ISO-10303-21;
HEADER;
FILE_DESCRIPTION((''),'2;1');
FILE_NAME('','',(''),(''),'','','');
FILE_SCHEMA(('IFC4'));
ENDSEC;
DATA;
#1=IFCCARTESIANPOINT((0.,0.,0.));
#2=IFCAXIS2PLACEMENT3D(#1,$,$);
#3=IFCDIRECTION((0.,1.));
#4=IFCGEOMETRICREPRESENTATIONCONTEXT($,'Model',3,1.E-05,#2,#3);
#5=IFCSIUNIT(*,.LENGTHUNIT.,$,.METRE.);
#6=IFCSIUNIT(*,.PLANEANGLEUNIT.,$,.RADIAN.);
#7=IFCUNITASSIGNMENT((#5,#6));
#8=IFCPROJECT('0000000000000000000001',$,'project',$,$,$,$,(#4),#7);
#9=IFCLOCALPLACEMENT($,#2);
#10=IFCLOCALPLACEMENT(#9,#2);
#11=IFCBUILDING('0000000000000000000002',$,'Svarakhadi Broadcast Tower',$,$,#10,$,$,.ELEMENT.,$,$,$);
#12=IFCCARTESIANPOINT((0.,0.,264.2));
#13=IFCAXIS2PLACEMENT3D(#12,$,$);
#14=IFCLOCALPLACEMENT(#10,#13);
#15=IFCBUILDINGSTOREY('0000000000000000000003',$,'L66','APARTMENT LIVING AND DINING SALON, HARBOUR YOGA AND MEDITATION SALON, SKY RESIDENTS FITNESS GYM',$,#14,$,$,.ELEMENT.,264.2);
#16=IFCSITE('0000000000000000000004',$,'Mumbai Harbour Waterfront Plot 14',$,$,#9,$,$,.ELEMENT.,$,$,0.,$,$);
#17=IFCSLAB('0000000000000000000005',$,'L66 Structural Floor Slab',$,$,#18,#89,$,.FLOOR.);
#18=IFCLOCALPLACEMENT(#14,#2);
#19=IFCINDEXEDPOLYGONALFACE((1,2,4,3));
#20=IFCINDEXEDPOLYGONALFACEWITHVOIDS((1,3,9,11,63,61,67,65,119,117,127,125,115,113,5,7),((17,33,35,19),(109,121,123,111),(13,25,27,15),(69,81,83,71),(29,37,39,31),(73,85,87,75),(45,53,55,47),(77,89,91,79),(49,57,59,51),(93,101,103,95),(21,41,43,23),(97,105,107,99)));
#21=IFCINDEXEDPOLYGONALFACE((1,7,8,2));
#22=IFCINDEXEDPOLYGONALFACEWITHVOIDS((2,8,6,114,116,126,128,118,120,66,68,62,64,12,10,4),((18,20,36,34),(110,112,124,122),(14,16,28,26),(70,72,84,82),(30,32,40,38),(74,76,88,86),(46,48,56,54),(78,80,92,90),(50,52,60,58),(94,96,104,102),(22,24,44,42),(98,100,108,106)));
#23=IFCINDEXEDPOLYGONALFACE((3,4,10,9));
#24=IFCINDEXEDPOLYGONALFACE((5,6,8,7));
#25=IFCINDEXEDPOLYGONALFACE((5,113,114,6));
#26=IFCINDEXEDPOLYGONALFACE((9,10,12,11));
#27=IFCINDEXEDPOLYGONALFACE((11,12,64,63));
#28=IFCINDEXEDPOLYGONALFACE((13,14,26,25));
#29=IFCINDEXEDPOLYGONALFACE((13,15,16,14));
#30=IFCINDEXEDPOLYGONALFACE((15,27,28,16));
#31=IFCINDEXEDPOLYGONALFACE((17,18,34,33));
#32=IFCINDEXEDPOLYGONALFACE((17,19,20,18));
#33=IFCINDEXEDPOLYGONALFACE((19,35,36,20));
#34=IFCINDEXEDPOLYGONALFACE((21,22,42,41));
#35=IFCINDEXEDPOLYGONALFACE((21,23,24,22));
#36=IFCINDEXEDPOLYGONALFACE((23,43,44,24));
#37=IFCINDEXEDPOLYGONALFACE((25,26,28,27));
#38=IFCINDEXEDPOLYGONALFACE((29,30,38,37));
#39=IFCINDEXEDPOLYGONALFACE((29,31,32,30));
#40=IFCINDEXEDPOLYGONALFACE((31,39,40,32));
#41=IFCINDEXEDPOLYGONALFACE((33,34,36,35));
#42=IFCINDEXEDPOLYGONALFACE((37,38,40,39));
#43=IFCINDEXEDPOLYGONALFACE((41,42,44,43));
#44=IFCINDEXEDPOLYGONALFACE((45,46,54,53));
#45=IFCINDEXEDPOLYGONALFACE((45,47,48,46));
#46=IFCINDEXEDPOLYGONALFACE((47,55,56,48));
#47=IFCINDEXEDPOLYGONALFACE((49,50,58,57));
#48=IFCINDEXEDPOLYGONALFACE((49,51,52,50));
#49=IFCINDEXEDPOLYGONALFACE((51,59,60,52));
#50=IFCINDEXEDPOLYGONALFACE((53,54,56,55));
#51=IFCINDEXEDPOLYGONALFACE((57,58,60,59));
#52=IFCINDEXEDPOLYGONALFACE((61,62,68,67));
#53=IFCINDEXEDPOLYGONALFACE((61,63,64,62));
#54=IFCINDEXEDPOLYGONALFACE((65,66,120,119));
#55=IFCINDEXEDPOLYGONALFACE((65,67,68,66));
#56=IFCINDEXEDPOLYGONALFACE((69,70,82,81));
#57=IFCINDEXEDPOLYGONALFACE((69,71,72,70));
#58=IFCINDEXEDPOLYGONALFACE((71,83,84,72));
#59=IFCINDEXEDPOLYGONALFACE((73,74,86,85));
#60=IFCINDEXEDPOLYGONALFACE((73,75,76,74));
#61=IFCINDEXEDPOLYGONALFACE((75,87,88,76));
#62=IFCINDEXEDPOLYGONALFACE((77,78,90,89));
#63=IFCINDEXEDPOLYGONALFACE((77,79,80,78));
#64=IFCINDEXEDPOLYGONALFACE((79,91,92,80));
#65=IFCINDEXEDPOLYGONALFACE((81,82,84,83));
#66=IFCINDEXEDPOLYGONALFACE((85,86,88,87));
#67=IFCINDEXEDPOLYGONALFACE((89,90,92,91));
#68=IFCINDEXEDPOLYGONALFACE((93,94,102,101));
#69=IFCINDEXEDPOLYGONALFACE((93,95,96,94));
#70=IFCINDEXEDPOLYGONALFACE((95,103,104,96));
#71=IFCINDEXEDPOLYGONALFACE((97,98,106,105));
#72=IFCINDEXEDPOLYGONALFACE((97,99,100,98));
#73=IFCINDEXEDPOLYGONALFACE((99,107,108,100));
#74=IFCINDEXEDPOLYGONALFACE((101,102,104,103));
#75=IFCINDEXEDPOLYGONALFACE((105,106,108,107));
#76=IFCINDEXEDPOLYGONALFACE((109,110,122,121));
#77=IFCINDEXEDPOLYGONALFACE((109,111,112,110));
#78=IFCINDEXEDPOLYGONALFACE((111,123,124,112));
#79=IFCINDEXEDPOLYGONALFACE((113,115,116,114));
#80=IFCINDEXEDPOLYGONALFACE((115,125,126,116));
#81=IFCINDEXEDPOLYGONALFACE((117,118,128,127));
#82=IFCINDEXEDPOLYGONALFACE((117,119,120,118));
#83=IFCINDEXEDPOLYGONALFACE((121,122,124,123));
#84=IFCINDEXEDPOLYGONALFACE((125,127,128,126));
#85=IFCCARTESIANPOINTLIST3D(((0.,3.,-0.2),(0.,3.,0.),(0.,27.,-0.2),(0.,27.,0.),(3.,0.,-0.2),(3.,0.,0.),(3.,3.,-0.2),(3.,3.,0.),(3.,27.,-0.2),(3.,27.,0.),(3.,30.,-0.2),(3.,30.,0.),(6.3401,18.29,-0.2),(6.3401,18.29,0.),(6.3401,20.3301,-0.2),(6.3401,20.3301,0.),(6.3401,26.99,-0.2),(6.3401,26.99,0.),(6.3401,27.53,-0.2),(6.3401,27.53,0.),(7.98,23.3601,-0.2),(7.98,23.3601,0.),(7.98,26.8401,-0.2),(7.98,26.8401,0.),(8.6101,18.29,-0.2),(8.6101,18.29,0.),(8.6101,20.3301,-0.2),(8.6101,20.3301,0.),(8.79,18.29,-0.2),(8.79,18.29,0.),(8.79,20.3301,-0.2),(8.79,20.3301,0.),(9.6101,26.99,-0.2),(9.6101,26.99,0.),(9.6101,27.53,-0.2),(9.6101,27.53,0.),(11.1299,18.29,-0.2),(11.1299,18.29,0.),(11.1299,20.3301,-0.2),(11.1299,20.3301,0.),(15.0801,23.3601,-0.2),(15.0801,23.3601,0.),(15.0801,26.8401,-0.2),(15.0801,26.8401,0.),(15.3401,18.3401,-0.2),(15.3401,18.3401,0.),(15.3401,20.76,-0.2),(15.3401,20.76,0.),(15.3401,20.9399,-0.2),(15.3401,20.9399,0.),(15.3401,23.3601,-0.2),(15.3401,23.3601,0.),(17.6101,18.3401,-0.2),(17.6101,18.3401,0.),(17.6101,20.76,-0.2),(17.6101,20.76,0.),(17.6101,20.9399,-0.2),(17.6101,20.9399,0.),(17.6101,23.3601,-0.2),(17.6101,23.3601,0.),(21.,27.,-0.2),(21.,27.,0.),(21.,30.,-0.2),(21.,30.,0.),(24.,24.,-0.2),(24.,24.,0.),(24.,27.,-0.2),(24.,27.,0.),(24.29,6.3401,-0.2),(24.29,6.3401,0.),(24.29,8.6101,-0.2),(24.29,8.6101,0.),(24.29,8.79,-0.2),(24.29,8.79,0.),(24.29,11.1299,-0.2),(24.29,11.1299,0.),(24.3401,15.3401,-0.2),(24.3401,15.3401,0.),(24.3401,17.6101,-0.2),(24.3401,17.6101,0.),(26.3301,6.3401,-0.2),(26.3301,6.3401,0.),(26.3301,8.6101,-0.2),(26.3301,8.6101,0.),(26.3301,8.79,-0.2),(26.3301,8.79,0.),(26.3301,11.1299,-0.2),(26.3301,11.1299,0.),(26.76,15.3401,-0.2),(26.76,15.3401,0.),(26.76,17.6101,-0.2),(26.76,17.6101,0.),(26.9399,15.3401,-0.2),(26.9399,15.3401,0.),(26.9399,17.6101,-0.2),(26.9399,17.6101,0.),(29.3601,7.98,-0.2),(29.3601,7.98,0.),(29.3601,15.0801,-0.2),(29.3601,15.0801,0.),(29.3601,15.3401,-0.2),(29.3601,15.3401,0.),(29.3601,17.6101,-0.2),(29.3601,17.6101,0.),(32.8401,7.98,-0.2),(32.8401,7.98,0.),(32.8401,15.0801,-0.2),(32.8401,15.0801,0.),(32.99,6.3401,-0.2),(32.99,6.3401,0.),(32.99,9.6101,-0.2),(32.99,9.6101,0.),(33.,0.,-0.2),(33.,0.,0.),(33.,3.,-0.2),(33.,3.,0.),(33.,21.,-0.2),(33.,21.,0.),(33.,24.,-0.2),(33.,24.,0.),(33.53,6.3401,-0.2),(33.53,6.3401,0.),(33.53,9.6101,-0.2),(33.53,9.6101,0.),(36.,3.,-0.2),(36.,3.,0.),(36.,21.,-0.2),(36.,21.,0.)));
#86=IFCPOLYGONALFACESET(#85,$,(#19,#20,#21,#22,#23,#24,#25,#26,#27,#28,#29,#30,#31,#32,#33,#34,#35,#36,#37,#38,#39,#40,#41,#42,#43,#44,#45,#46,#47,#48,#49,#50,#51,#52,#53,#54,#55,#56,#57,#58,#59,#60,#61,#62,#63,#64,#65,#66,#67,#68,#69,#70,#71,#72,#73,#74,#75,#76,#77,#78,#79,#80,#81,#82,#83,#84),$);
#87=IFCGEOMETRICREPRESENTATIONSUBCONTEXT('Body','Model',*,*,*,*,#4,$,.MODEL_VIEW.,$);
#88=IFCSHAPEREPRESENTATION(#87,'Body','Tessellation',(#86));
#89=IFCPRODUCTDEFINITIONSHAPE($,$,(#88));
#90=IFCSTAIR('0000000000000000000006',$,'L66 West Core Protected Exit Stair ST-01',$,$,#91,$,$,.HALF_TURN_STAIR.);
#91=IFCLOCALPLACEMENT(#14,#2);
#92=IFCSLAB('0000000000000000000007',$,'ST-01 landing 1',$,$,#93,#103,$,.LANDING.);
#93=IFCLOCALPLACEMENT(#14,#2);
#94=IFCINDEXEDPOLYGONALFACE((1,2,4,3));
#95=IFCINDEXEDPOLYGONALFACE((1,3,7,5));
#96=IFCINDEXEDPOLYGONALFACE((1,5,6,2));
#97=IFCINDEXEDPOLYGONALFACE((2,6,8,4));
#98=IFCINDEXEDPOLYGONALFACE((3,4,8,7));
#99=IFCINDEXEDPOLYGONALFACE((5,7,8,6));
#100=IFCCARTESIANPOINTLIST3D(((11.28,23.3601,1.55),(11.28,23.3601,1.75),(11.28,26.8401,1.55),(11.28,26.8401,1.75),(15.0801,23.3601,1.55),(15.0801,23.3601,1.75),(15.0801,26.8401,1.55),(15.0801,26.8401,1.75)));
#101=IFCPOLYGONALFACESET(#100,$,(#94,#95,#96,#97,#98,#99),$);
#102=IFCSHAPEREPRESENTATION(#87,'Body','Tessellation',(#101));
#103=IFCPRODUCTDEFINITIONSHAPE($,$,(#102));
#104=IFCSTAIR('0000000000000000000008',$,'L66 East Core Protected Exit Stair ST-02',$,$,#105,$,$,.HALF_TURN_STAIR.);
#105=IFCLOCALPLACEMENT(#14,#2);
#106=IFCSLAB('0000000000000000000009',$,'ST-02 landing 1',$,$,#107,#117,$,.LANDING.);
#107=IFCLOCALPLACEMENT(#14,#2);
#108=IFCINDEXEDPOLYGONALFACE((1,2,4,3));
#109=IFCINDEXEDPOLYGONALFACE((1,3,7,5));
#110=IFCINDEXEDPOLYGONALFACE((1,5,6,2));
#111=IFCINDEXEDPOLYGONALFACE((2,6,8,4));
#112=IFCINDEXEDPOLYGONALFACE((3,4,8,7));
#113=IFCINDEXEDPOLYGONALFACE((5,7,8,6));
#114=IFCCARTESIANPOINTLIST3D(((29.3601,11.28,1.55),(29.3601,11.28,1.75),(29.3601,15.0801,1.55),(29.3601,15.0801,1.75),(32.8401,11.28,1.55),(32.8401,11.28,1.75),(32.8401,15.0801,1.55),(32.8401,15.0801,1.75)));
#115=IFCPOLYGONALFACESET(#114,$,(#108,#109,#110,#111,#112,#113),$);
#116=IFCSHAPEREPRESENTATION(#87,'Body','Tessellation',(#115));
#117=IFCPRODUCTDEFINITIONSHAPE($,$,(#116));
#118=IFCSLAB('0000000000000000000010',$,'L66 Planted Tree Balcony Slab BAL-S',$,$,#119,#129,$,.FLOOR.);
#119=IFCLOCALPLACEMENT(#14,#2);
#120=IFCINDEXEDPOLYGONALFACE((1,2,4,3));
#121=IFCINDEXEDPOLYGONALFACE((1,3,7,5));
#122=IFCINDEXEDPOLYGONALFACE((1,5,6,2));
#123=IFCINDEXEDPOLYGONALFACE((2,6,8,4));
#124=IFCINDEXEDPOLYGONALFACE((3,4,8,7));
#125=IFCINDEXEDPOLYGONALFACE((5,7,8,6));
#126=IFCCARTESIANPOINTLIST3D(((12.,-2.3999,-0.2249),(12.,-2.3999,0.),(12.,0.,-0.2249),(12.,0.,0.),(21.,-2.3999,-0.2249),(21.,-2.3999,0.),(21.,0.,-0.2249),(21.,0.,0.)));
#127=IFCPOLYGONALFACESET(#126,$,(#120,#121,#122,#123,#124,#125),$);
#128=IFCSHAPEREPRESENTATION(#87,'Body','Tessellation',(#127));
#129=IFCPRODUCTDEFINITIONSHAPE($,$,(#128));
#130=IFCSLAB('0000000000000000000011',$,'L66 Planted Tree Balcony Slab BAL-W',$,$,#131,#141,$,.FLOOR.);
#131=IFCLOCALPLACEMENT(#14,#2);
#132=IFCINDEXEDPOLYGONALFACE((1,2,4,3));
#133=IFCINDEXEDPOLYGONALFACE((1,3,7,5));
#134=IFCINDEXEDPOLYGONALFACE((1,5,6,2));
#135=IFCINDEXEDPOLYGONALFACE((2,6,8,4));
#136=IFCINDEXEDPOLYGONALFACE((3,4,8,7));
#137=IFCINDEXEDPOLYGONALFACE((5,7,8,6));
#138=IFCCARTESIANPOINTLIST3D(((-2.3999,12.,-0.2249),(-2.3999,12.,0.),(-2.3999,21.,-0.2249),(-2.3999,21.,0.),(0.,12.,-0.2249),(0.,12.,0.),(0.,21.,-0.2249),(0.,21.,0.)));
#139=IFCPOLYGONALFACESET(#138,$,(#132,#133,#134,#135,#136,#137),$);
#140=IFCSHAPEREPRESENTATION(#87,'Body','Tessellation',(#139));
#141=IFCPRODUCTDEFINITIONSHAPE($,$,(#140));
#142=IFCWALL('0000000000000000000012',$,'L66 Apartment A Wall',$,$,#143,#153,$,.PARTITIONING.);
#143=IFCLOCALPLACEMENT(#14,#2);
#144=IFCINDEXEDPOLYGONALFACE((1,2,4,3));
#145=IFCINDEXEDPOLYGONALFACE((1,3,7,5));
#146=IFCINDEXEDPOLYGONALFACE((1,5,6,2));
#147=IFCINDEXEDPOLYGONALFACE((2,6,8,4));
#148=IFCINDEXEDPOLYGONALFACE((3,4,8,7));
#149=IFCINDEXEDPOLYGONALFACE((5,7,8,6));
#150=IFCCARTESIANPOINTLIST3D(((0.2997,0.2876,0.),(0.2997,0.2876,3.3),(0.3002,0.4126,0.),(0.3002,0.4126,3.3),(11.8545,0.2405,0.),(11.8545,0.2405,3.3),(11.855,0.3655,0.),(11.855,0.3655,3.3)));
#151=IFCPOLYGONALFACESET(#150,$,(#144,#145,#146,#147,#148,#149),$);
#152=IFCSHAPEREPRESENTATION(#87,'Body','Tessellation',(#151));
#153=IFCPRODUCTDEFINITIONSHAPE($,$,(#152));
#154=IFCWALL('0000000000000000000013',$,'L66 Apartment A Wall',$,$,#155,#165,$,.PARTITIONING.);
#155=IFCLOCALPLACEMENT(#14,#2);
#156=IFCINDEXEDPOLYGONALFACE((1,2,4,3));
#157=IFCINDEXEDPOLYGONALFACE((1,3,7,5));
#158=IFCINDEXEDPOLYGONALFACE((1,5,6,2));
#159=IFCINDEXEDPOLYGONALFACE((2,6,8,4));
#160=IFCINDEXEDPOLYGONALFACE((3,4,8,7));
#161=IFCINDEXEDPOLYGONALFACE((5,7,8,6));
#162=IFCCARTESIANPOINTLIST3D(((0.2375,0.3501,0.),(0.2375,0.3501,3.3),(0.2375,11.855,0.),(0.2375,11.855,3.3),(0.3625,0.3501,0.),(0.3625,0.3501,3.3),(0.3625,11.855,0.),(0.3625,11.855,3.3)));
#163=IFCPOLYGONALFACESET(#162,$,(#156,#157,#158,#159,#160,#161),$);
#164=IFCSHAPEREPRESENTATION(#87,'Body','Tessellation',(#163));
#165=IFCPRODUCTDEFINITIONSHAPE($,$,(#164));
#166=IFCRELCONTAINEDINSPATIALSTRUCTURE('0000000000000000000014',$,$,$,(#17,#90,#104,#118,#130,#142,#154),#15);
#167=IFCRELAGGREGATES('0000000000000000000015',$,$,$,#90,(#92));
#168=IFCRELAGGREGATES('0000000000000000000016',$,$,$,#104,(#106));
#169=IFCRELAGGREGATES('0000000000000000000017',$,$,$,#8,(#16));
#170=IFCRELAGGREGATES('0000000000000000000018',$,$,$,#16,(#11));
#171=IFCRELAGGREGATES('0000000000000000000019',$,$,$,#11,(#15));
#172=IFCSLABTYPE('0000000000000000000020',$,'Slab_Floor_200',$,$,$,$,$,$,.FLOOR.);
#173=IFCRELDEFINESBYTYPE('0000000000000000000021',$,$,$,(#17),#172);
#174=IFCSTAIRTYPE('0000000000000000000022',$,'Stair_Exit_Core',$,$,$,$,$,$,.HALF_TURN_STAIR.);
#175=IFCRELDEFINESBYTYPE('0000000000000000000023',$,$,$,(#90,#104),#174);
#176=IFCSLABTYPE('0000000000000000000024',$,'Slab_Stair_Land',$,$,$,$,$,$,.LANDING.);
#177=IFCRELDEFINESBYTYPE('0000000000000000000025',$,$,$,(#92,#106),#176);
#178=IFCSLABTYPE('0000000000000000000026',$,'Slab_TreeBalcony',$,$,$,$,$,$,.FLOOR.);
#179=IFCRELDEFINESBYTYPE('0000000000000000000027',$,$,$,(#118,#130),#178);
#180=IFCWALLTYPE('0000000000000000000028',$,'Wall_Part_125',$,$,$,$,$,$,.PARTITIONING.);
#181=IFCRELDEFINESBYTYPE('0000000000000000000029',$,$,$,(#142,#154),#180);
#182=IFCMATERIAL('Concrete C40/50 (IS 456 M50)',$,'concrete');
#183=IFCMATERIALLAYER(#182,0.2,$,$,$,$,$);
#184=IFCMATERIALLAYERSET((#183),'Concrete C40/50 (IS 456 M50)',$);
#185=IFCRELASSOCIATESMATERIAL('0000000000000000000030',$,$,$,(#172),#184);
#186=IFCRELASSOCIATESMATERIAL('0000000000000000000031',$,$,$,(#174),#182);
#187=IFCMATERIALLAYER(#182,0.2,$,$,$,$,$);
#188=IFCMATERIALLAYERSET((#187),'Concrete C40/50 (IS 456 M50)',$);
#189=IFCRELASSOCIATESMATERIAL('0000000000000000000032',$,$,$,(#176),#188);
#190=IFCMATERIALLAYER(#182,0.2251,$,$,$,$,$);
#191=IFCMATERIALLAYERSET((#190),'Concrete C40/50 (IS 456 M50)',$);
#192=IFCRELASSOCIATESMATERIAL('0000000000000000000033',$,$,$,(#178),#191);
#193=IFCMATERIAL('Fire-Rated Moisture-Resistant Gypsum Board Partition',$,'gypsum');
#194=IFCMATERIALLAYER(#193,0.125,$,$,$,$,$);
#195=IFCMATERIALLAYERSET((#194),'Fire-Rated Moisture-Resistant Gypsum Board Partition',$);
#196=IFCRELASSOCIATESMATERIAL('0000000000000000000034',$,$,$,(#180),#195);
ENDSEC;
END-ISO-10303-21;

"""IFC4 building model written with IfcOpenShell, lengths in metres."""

from ifc_helpers import new_model, si_unit, direction, frame, frame_2d, origin, place, context, subcontext, project, spatial, polyline, rectangle, outline, extrude, material, layer, layer_set, type_object, element, aggregate, save


model = new_model("IFC4")

# Units and contexts
model_context = context("Model", 3, precision=1e-05, world=origin(), true_north=direction((0.0, 1.0)))
body_context = subcontext(model_context, "Body", "Model", "MODEL_VIEW")
ifc_project = project(units=[si_unit("LENGTHUNIT", "METRE"), si_unit("PLANEANGLEUNIT", "RADIAN")], contexts=[model_context])

# Site, building, storey
site_placement = place(None, origin())
site = spatial("IfcSite", under=ifc_project, at=site_placement, Name="Mumbai Harbour Waterfront Plot 14", CompositionType="ELEMENT", RefElevation=0.0)
building_placement = place(site_placement, origin())
building = spatial("IfcBuilding", under=site, at=building_placement, Name="Svarakhadi Broadcast Tower", CompositionType="ELEMENT")
storey_placement = place(building_placement, frame((0.0, 0.0, 264.2)))
storey = spatial("IfcBuildingStorey", under=building, at=storey_placement, Name="L66", Description="APARTMENT LIVING AND DINING SALON, HARBOUR YOGA AND MEDITATION SALON, SKY RESIDENTS FITNESS GYM", CompositionType="ELEMENT", Elevation=264.2)

# Slab
ifc_material_1 = material(Name="Concrete C40/50 (IS 456 M50)", Category="concrete")
ifc_layer_1 = layer(ifc_material_1, 0.2)
ifc_layer_set_1 = layer_set([ifc_layer_1], Name="Concrete C40/50 (IS 456 M50)")
slab_type_1 = type_object("IfcSlabType", Name="Slab_Floor_200", PredefinedType="FLOOR", material=ifc_layer_set_1)
slab_1_placement = place(storey_placement, frame((0.0, 0.0, -0.2)))
element("IfcSlab", 1, at=slab_1_placement, inside=storey, type_object=slab_type_1, Name="L66 Structural Floor Slab", PredefinedType="FLOOR", context=body_context, shape_type="SweptSolid", body=[
    extrude(outline(polyline([(3.0, 0.0), (33.0, 0.0), (33.0, 3.0), (36.0, 3.0), (36.0, 21.0), (33.0, 21.0), (33.0, 24.0), (24.0, 24.0), (24.0, 27.0), (21.0, 27.0), (21.0, 30.0), (3.0, 30.0), (3.0, 27.0), (0.0, 27.0), (0.0, 3.0), (3.0, 3.0), (3.0, 0.0)]), holes=[polyline([(7.98, 23.3601), (15.0801, 23.3601), (15.0801, 26.8401), (7.98, 26.8401), (7.98, 23.3601)]), polyline([(32.8401, 7.98), (32.8401, 15.0801), (29.3601, 15.0801), (29.3601, 7.98), (32.8401, 7.98)]), polyline([(6.3401, 18.29), (8.6101, 18.29), (8.6101, 20.3301), (6.3401, 20.3301), (6.3401, 18.29)]), polyline([(8.79, 18.29), (11.1299, 18.29), (11.1299, 20.3301), (8.79, 20.3301), (8.79, 18.29)]), polyline([(24.29, 6.3401), (26.3301, 6.3401), (26.3301, 8.6101), (24.29, 8.6101), (24.29, 6.3401)]), polyline([(24.29, 8.79), (26.3301, 8.79), (26.3301, 11.1299), (24.29, 11.1299), (24.29, 8.79)]), polyline([(6.3401, 26.99), (9.6101, 26.99), (9.6101, 27.53), (6.3401, 27.53), (6.3401, 26.99)]), polyline([(32.99, 6.3401), (33.53, 6.3401), (33.53, 9.6101), (32.99, 9.6101), (32.99, 6.3401)]), polyline([(15.3401, 18.3401), (17.6101, 18.3401), (17.6101, 20.76), (15.3401, 20.76), (15.3401, 18.3401)]), polyline([(15.3401, 20.9399), (17.6101, 20.9399), (17.6101, 23.3601), (15.3401, 23.3601), (15.3401, 20.9399)]), polyline([(24.3401, 15.3401), (26.76, 15.3401), (26.76, 17.6101), (24.3401, 17.6101), (24.3401, 15.3401)]), polyline([(26.9399, 15.3401), (29.3601, 15.3401), (29.3601, 17.6101), (26.9399, 17.6101), (26.9399, 15.3401)])]), origin(), (0.0, 0.0, 1.0), 0.2),
])

# Stairs, slabs
stair_type = type_object("IfcStairType", Name="Stair_Exit_Core", PredefinedType="HALF_TURN_STAIR", material=ifc_material_1)
stair_1_placement = place(storey_placement, origin())
stair_1 = element("IfcStair", 2, at=stair_1_placement, inside=storey, type_object=stair_type, Name="L66 West Core Protected Exit Stair ST-01", PredefinedType="HALF_TURN_STAIR")
ifc_layer_2 = layer(ifc_material_1, 0.2)
ifc_layer_set_2 = layer_set([ifc_layer_2], Name="Concrete C40/50 (IS 456 M50)")
slab_type_2 = type_object("IfcSlabType", Name="Slab_Stair_Land", PredefinedType="LANDING", material=ifc_layer_set_2)
slab_2_placement = place(storey_placement, frame((0.0, 0.0, 1.55)))
slab_2 = element("IfcSlab", 3, at=slab_2_placement, type_object=slab_type_2, Name="ST-01 landing 1", PredefinedType="LANDING", context=body_context, shape_type="SweptSolid", body=[
    extrude(outline(polyline([(11.28, 23.3601), (15.0801, 23.3601), (15.0801, 26.8401), (11.28, 26.8401), (11.28, 23.3601)])), origin(), (0.0, 0.0, 1.0), 0.2),
])
aggregate(stair_1, [slab_2])
stair_2_placement = place(storey_placement, origin())
stair_2 = element("IfcStair", 4, at=stair_2_placement, inside=storey, type_object=stair_type, Name="L66 East Core Protected Exit Stair ST-02", PredefinedType="HALF_TURN_STAIR")
slab_3_placement = place(storey_placement, frame((0.0, 0.0, 1.55)))
slab_3 = element("IfcSlab", 5, at=slab_3_placement, type_object=slab_type_2, Name="ST-02 landing 1", PredefinedType="LANDING", context=body_context, shape_type="SweptSolid", body=[
    extrude(outline(polyline([(32.8401, 11.28), (32.8401, 15.0801), (29.3601, 15.0801), (29.3601, 11.28), (32.8401, 11.28)])), origin(), (0.0, 0.0, 1.0), 0.2),
])
aggregate(stair_2, [slab_3])

# Slabs
ifc_layer_3 = layer(ifc_material_1, 0.2251)
ifc_layer_set_3 = layer_set([ifc_layer_3], Name="Concrete C40/50 (IS 456 M50)")
slab_type_3 = type_object("IfcSlabType", Name="Slab_TreeBalcony", PredefinedType="FLOOR", material=ifc_layer_set_3)
slab_4_placement = place(storey_placement, frame((0.0, 0.0, -0.2249)))
element("IfcSlab", 6, at=slab_4_placement, inside=storey, type_object=slab_type_3, Name="L66 Planted Tree Balcony Slab BAL-S", PredefinedType="FLOOR", context=body_context, shape_type="SweptSolid", body=[
    extrude(outline(polyline([(12.0, -2.3999), (21.0, -2.3999), (21.0, 0.0), (12.0, 0.0), (12.0, -2.3999)])), origin(), (0.0, 0.0, 1.0), 0.2249),
])
slab_5_placement = place(storey_placement, frame((0.0, 0.0, -0.2249)))
element("IfcSlab", 7, at=slab_5_placement, inside=storey, type_object=slab_type_3, Name="L66 Planted Tree Balcony Slab BAL-W", PredefinedType="FLOOR", context=body_context, shape_type="SweptSolid", body=[
    extrude(outline(polyline([(-2.3999, 12.0), (0.0, 12.0), (0.0, 21.0), (-2.3999, 21.0), (-2.3999, 12.0)])), origin(), (0.0, 0.0, 1.0), 0.2249),
])

# Walls
ifc_material_2 = material(Name="Fire-Rated Moisture-Resistant Gypsum Board Partition", Category="gypsum")
ifc_layer_4 = layer(ifc_material_2, 0.125)
ifc_layer_set_4 = layer_set([ifc_layer_4], Name="Fire-Rated Moisture-Resistant Gypsum Board Partition")
wall_type = type_object("IfcWallType", Name="Wall_Part_125", PredefinedType="PARTITIONING", material=ifc_layer_set_4)
wall_1_placement = place(storey_placement, frame((0.3, 0.3501, 0.0), z_axis=(0.0, 0.0, 1.0), x_axis=(0.999992, -0.004078, 0.0)))
element("IfcWall", 8, at=wall_1_placement, inside=storey, type_object=wall_type, Name="L66 Apartment A Wall", PredefinedType="PARTITIONING", context=body_context, shape_type="SweptSolid", body=[
    extrude(rectangle(XDim=11.5549, YDim=0.125, at=frame_2d((5.7773, 0.0))), origin(), (0.0, 0.0, 1.0), 3.3),
])
wall_2_placement = place(storey_placement, frame((0.3, 0.3501, 0.0), z_axis=(0.0, 0.0, 1.0), x_axis=(0.0, 1.0, 0.0)))
element("IfcWall", 9, at=wall_2_placement, inside=storey, type_object=wall_type, Name="L66 Apartment A Wall", PredefinedType="PARTITIONING", context=body_context, shape_type="SweptSolid", body=[
    extrude(rectangle(XDim=11.5049, YDim=0.125, at=frame_2d((5.7524, 0.0))), origin(), (0.0, 0.0, 1.0), 3.3),
])

save(model, "model.ifc")
